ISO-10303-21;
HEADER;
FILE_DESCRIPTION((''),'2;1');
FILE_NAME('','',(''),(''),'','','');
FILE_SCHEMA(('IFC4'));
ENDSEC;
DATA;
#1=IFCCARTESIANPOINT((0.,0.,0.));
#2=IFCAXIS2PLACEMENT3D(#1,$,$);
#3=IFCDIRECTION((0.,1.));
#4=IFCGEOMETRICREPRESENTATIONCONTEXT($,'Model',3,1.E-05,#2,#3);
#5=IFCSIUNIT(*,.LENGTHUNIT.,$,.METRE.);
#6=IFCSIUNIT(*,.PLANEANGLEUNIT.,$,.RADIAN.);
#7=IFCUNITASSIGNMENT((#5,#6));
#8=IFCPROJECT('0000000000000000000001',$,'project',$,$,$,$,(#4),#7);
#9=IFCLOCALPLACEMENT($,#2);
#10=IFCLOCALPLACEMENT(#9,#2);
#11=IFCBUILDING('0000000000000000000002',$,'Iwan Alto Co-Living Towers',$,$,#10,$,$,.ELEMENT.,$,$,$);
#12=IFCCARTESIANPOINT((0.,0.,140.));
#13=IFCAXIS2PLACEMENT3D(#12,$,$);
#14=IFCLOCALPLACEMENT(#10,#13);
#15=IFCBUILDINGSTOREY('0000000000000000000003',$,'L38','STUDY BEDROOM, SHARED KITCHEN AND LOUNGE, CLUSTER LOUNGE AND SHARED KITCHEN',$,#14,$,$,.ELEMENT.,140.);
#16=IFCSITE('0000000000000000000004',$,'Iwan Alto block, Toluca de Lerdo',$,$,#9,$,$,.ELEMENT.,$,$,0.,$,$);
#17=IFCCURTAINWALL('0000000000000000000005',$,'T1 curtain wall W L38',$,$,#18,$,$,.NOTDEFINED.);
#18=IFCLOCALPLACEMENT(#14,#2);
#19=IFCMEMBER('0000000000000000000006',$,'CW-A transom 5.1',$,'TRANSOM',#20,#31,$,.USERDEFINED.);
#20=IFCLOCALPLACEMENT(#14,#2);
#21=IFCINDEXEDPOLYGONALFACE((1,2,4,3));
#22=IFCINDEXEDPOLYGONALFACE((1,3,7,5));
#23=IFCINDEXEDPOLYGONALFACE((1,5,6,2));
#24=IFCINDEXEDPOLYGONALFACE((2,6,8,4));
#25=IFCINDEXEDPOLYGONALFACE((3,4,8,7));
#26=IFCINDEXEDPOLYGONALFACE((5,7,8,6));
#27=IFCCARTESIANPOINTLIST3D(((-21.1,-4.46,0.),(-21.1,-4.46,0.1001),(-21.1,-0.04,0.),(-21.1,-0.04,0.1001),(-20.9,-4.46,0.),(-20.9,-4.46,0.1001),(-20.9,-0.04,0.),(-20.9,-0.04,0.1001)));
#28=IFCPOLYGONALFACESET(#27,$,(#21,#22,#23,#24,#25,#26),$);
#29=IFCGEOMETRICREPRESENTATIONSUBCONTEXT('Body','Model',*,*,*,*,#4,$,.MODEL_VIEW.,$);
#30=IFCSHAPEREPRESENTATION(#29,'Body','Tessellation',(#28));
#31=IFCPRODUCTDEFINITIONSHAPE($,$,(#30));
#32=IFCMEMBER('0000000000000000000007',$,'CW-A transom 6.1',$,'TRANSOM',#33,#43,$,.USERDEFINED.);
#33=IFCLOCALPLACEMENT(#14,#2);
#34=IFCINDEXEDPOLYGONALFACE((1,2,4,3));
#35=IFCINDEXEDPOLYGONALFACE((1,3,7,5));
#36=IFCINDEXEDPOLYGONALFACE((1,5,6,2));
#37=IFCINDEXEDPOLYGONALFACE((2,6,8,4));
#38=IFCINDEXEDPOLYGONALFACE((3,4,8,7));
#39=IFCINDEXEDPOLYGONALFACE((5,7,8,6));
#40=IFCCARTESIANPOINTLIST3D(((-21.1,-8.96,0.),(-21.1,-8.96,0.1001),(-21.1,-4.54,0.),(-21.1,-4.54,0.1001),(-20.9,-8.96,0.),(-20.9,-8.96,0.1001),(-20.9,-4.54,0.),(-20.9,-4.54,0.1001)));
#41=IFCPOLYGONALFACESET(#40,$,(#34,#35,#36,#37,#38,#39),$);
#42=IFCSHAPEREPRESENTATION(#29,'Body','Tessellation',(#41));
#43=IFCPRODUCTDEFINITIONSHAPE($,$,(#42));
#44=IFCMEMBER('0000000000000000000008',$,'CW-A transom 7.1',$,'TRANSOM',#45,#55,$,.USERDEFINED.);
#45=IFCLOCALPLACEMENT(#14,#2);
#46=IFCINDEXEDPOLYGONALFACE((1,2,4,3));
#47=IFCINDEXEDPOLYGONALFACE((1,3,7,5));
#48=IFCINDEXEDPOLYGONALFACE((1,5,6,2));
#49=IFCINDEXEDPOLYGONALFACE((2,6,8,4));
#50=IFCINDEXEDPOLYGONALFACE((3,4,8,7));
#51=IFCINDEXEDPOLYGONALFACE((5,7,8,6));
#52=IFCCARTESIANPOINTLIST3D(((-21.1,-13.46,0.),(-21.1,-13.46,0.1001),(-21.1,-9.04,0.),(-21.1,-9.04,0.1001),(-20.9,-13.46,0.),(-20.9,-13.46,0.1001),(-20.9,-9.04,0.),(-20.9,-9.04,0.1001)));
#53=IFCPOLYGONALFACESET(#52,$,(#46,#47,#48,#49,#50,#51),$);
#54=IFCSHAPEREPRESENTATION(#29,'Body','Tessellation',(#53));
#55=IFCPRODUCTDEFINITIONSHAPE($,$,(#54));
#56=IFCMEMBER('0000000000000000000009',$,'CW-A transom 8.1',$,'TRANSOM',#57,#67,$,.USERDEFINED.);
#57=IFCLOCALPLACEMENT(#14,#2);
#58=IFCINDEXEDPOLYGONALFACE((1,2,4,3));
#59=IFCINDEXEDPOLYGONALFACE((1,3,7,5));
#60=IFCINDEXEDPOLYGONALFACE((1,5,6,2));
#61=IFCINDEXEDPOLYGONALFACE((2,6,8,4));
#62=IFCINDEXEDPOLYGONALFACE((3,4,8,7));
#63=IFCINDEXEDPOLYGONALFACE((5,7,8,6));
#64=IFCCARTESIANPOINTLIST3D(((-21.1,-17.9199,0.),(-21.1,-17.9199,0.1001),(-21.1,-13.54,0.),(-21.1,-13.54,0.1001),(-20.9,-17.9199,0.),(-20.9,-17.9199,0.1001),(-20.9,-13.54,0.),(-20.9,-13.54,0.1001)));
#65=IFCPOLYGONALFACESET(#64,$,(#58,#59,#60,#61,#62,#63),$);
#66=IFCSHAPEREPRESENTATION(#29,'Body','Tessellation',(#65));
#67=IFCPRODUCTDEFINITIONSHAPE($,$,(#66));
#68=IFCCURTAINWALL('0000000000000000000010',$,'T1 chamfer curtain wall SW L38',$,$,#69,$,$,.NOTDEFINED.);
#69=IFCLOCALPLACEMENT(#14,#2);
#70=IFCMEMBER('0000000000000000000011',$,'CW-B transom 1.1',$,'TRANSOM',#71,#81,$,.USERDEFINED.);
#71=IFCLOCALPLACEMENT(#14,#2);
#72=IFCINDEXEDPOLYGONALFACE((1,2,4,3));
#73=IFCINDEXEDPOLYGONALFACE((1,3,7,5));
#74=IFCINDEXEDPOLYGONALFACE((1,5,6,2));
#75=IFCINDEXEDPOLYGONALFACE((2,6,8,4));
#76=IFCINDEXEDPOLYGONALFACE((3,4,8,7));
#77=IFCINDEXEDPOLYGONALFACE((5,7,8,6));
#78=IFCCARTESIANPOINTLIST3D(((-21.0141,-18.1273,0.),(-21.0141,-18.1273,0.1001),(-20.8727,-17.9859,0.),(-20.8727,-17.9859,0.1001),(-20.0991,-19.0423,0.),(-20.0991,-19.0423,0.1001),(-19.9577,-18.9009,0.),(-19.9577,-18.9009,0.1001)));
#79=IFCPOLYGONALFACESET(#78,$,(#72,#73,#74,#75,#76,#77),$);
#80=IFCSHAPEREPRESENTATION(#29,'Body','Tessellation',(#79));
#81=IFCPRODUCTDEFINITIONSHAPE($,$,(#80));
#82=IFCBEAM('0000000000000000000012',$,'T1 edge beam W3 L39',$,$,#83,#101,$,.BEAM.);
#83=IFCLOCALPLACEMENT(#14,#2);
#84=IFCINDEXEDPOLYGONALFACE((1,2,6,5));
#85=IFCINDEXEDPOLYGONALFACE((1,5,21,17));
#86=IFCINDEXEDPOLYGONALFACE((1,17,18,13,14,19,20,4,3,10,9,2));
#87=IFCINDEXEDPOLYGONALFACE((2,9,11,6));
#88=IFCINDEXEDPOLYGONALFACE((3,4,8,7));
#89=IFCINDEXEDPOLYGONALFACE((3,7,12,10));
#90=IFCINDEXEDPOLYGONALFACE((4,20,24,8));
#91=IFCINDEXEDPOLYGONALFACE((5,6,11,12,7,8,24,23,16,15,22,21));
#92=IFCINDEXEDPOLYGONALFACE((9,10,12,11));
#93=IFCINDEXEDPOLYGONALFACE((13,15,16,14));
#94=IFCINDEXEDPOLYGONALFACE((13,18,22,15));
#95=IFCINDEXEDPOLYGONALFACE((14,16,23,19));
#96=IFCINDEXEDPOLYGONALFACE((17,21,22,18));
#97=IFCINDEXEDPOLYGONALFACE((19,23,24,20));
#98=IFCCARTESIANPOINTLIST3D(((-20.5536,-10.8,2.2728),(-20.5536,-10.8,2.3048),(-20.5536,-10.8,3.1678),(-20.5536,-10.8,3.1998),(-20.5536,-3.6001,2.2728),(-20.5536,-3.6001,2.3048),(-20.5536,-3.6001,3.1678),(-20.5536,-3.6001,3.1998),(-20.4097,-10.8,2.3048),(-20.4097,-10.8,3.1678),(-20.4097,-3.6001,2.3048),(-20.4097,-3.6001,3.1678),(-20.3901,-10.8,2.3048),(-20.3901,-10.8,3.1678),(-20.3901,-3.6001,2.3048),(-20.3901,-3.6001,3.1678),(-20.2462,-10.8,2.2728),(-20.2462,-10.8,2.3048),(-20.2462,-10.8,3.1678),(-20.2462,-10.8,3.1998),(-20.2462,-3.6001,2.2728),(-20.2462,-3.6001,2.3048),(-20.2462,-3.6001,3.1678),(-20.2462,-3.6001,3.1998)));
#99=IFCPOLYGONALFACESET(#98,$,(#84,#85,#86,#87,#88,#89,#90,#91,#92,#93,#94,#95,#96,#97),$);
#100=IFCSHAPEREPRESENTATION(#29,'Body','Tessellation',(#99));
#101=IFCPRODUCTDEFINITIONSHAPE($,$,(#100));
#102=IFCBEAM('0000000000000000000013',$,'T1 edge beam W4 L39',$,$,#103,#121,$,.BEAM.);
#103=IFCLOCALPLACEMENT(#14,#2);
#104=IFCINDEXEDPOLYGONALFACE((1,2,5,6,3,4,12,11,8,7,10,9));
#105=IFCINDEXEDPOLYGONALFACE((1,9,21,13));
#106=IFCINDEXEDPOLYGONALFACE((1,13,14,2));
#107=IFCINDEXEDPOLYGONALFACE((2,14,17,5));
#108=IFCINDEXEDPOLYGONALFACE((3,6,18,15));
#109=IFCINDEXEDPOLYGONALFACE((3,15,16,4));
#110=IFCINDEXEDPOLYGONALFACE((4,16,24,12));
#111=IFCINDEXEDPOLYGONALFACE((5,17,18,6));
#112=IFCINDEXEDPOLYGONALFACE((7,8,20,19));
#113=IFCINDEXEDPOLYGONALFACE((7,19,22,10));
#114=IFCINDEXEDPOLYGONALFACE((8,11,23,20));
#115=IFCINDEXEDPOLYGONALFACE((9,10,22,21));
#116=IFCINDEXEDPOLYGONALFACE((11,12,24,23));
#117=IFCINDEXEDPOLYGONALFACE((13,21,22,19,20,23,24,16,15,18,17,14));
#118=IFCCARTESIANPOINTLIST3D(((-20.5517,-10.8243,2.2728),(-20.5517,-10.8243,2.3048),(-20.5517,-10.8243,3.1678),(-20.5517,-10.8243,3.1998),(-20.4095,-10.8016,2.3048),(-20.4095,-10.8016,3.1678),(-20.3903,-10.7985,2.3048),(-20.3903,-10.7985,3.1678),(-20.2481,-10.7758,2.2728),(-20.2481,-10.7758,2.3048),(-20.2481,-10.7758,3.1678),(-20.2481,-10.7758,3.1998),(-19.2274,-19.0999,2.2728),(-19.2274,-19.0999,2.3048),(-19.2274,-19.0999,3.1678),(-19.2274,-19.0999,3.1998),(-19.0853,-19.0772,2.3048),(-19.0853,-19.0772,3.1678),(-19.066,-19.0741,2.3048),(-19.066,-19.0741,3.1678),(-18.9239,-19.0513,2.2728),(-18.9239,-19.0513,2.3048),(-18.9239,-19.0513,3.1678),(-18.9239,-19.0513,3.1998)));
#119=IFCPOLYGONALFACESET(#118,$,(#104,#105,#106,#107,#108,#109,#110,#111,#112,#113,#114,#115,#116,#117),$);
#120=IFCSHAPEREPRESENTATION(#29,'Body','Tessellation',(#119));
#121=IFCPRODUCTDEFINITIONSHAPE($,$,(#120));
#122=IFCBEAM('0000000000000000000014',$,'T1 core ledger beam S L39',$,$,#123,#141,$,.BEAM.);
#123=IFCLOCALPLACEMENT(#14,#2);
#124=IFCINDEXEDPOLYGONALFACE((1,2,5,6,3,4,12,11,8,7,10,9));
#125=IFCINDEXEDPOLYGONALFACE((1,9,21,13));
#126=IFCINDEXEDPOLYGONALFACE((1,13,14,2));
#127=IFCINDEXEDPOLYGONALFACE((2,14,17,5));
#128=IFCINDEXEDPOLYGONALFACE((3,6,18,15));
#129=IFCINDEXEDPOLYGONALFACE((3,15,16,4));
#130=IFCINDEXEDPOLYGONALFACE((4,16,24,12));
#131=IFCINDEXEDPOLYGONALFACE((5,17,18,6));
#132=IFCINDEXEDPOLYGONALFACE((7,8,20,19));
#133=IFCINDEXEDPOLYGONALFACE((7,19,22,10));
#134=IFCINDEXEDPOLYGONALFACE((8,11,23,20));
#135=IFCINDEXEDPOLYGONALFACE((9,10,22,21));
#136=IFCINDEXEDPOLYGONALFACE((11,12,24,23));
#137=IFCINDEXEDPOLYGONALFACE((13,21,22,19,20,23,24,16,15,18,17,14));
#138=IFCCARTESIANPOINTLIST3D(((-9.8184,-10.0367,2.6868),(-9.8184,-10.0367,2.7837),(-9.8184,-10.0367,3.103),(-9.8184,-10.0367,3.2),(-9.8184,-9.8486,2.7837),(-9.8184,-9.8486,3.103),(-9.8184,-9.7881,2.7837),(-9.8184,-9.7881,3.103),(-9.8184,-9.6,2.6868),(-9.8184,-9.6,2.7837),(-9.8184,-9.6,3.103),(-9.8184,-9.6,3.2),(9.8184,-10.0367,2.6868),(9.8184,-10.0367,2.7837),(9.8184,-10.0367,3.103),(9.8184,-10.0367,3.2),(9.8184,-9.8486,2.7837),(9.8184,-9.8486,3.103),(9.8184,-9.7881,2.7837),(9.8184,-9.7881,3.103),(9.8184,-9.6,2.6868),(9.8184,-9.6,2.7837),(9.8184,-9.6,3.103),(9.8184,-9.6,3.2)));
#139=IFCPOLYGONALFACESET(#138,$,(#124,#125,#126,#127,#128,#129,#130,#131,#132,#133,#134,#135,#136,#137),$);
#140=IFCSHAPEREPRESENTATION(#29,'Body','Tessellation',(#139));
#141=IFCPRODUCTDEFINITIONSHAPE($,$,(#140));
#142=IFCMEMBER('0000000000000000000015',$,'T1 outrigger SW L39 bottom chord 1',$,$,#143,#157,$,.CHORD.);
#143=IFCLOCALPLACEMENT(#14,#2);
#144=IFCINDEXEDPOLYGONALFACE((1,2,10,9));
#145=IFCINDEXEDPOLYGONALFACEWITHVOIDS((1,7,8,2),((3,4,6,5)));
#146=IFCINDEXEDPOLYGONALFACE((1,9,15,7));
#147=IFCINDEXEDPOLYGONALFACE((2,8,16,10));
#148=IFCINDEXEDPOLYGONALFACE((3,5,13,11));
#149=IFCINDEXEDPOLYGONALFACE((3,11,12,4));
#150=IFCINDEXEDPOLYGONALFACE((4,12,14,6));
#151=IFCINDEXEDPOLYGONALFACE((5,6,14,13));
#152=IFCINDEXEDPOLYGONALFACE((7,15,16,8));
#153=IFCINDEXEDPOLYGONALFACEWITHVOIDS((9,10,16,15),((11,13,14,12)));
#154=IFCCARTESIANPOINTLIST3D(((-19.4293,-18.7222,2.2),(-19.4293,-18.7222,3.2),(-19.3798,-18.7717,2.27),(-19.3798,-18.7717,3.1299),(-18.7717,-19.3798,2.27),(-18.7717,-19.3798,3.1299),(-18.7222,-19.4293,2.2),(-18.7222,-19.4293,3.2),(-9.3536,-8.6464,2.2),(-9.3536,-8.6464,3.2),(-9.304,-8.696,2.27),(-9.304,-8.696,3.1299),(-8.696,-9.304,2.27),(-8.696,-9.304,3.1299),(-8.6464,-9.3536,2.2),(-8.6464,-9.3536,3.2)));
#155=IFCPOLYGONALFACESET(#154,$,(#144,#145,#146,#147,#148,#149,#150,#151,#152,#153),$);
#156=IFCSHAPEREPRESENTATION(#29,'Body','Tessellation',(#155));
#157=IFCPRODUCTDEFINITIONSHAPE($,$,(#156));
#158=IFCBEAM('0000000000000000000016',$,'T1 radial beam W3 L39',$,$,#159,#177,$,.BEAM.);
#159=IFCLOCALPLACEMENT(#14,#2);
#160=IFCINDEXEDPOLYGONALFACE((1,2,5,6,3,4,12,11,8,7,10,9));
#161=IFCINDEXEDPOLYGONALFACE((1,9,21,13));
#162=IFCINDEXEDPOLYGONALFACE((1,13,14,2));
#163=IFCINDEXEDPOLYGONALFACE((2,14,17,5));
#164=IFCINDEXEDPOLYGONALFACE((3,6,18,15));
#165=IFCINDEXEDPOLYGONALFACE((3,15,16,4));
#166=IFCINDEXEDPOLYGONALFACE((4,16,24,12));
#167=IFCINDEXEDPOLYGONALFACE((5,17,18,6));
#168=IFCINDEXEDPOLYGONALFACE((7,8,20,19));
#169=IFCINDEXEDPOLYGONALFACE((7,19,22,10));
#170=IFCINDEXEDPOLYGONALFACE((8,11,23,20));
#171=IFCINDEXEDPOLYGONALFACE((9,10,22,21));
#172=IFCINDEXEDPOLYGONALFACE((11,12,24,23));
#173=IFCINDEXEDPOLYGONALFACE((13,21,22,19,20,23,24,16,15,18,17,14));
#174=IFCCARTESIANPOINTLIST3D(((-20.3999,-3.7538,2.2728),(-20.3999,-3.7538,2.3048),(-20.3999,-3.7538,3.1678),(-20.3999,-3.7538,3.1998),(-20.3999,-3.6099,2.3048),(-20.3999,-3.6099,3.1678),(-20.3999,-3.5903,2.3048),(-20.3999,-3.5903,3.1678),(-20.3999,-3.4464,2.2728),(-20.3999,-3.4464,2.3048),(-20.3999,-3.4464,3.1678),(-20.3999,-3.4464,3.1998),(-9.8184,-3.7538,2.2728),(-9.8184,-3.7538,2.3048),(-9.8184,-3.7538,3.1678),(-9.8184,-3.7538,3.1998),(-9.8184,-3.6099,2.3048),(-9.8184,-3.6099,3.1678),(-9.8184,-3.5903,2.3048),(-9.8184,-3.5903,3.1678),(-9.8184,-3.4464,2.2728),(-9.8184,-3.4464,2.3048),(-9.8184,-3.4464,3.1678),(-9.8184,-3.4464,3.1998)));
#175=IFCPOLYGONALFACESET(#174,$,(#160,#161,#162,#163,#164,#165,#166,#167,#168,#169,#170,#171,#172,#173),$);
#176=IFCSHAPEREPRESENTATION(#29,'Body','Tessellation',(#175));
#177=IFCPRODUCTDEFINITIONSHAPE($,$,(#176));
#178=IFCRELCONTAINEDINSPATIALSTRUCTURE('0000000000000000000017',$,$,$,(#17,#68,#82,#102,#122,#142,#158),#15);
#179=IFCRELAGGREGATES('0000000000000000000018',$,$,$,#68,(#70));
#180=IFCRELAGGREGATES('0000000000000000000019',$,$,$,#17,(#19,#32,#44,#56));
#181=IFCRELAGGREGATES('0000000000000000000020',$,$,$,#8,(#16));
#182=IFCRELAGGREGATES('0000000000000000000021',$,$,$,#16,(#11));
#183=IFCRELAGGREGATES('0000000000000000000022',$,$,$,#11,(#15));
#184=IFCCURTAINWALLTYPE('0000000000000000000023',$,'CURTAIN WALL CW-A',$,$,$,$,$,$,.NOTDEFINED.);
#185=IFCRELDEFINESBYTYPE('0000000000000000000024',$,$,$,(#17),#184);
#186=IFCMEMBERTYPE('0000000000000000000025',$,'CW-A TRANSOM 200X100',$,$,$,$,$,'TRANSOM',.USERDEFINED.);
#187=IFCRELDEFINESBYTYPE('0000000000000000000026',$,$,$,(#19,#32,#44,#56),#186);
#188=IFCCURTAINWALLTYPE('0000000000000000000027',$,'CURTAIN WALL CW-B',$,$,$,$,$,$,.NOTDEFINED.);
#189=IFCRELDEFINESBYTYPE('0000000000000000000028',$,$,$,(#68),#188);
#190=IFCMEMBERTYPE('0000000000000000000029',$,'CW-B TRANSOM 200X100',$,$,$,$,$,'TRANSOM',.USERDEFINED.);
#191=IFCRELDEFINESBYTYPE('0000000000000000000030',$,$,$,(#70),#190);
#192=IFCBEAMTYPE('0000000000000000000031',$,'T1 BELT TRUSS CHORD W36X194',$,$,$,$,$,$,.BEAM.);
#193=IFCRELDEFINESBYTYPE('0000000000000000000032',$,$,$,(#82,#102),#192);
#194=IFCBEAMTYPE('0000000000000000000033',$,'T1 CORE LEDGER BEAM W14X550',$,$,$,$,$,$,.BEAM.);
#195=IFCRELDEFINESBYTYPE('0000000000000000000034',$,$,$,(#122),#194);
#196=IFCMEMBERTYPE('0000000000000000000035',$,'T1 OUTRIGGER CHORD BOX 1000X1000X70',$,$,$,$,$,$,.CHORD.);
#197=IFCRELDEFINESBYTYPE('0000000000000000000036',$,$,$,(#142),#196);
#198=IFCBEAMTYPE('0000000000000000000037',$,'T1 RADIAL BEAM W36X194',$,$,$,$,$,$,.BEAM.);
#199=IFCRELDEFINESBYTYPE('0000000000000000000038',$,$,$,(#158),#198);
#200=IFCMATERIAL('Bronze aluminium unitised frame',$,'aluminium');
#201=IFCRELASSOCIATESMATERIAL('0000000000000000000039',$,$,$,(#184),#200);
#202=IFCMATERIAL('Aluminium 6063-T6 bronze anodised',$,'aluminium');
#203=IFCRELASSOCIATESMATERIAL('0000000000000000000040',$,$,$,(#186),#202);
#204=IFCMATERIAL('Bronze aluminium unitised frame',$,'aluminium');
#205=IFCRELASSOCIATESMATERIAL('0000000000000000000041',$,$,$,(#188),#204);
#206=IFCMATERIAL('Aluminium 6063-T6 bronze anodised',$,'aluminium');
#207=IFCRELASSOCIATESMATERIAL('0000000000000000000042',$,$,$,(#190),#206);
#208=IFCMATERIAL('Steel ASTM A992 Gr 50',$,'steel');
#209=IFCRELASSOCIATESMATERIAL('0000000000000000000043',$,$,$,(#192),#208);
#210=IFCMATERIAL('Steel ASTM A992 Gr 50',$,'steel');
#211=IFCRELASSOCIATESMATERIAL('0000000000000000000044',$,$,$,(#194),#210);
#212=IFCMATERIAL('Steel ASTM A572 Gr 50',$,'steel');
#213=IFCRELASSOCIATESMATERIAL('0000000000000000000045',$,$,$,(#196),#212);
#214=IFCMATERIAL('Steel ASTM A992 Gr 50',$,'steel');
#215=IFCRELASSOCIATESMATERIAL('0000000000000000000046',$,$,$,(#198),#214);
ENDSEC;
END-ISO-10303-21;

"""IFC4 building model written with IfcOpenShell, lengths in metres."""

from ifc_helpers import new_model, si_unit, direction, frame, origin, origin_2d, place, context, subcontext, project, spatial, rectangle, hollow_rectangle, i_section, extrude, material, material_profile, profile_set, type_object, element, aggregate, save


model = new_model("IFC4")

# Units and contexts
model_context = context("Model", 3, precision=1e-05, world=origin(), true_north=direction((0.0, 1.0)))
body_context = subcontext(model_context, "Body", "Model", "MODEL_VIEW")
ifc_project = project(units=[si_unit("LENGTHUNIT", "METRE"), si_unit("PLANEANGLEUNIT", "RADIAN")], contexts=[model_context])

# Site, building, storey
site_placement = place(None, origin())
site = spatial("IfcSite", under=ifc_project, at=site_placement, Name="Iwan Alto block, Toluca de Lerdo", CompositionType="ELEMENT", RefElevation=0.0)
building_placement = place(site_placement, origin())
building = spatial("IfcBuilding", under=site, at=building_placement, Name="Iwan Alto Co-Living Towers", CompositionType="ELEMENT")
storey_placement = place(building_placement, frame((0.0, 0.0, 140.0)))
storey = spatial("IfcBuildingStorey", under=building, at=storey_placement, Name="L38", Description="STUDY BEDROOM, SHARED KITCHEN AND LOUNGE, CLUSTER LOUNGE AND SHARED KITCHEN", CompositionType="ELEMENT", Elevation=140.0)

# Curtain wall, members
ifc_material_1 = material(Name="Bronze aluminium unitised frame", Category="aluminium")
curtain_wall_type_1 = type_object("IfcCurtainWallType", Name="CURTAIN WALL CW-A", PredefinedType="NOTDEFINED", material=ifc_material_1)
curtain_wall_1_placement = place(storey_placement, origin())
curtain_wall_1 = element("IfcCurtainWall", 1, at=curtain_wall_1_placement, inside=storey, type_object=curtain_wall_type_1, Name="T1 curtain wall W L38", PredefinedType="NOTDEFINED")
ifc_material_2 = material(Name="Aluminium 6063-T6 bronze anodised", Category="aluminium")
ifc_material_profile_1 = material_profile(ifc_material_2, rectangle(XDim=0.2, YDim=0.1001, at=origin_2d()), Name="AL 200X100")
ifc_profile_set_1 = profile_set([ifc_material_profile_1], Name="Aluminium 6063-T6 bronze anodised")
member_type_1 = type_object("IfcMemberType", Name="CW-A TRANSOM 200X100", ElementType="TRANSOM", PredefinedType="USERDEFINED", material=ifc_profile_set_1)
member_1_placement = place(storey_placement, frame((-21.0, -0.04, 0.05), z_axis=(0.0, -1.0, 0.0), x_axis=(1.0, 0.0, 0.0)))
member_1 = element("IfcMember", 2, at=member_1_placement, type_object=member_type_1, Name="CW-A transom 5.1", ObjectType="TRANSOM", PredefinedType="USERDEFINED", context=body_context, shape_type="SweptSolid", body=[
    extrude(rectangle(XDim=0.2, YDim=0.1001, at=origin_2d()), origin(), (0.0, 0.0, 1.0), 4.4199),
])
member_2_placement = place(storey_placement, frame((-21.0, -4.54, 0.05), z_axis=(0.0, -1.0, 0.0), x_axis=(1.0, 0.0, 0.0)))
member_2 = element("IfcMember", 3, at=member_2_placement, type_object=member_type_1, Name="CW-A transom 6.1", ObjectType="TRANSOM", PredefinedType="USERDEFINED", context=body_context, shape_type="SweptSolid", body=[
    extrude(rectangle(XDim=0.2, YDim=0.1001, at=origin_2d()), origin(), (0.0, 0.0, 1.0), 4.4199),
])
member_3_placement = place(storey_placement, frame((-21.0, -9.04, 0.05), z_axis=(0.0, -1.0, 0.0), x_axis=(1.0, 0.0, 0.0)))
member_3 = element("IfcMember", 4, at=member_3_placement, type_object=member_type_1, Name="CW-A transom 7.1", ObjectType="TRANSOM", PredefinedType="USERDEFINED", context=body_context, shape_type="SweptSolid", body=[
    extrude(rectangle(XDim=0.2, YDim=0.1001, at=origin_2d()), origin(), (0.0, 0.0, 1.0), 4.4199),
])
member_4_placement = place(storey_placement, frame((-21.0, -13.54, 0.05), z_axis=(0.0, -1.0, 0.0), x_axis=(1.0, 0.0, 0.0)))
member_4 = element("IfcMember", 5, at=member_4_placement, type_object=member_type_1, Name="CW-A transom 8.1", ObjectType="TRANSOM", PredefinedType="USERDEFINED", context=body_context, shape_type="SweptSolid", body=[
    extrude(rectangle(XDim=0.2, YDim=0.1001, at=origin_2d()), origin(), (0.0, 0.0, 1.0), 4.3799),
])

# Curtain wall, member
ifc_material_3 = material(Name="Bronze aluminium unitised frame", Category="aluminium")
curtain_wall_type_2 = type_object("IfcCurtainWallType", Name="CURTAIN WALL CW-B", PredefinedType="NOTDEFINED", material=ifc_material_3)
curtain_wall_2_placement = place(storey_placement, origin())
curtain_wall_2 = element("IfcCurtainWall", 6, at=curtain_wall_2_placement, inside=storey, type_object=curtain_wall_type_2, Name="T1 chamfer curtain wall SW L38", PredefinedType="NOTDEFINED")
ifc_material_4 = material(Name="Aluminium 6063-T6 bronze anodised", Category="aluminium")
ifc_material_profile_2 = material_profile(ifc_material_4, rectangle(XDim=0.2, YDim=0.1001, at=origin_2d()), Name="AL 200X100")
ifc_profile_set_2 = profile_set([ifc_material_profile_2], Name="Aluminium 6063-T6 bronze anodised")
member_type_2 = type_object("IfcMemberType", Name="CW-B TRANSOM 200X100", ElementType="TRANSOM", PredefinedType="USERDEFINED", material=ifc_profile_set_2)
member_5_placement = place(storey_placement, frame((-20.9434, -18.0566, 0.05), z_axis=(0.707107, -0.707107, 0.0), x_axis=(0.707107, 0.707107, 0.0)))
member_5 = element("IfcMember", 7, at=member_5_placement, type_object=member_type_2, Name="CW-B transom 1.1", ObjectType="TRANSOM", PredefinedType="USERDEFINED", context=body_context, shape_type="SweptSolid", body=[
    extrude(rectangle(XDim=0.2, YDim=0.1001, at=origin_2d()), origin(), (0.0, 0.0, 1.0), 1.2939),
])
aggregate(curtain_wall_2, [member_5])

# Beams
ifc_material_5 = material(Name="Steel ASTM A992 Gr 50", Category="steel")
ifc_material_profile_3 = material_profile(ifc_material_5, i_section(OverallWidth=0.3074, OverallDepth=0.927, WebThickness=0.0195, FlangeThickness=0.032, at=origin_2d()), Name="W36X194")
ifc_profile_set_3 = profile_set([ifc_material_profile_3], Name="Steel ASTM A992 Gr 50")
beam_type_1 = type_object("IfcBeamType", Name="T1 BELT TRUSS CHORD W36X194", PredefinedType="BEAM", material=ifc_profile_set_3)
beam_1_placement = place(storey_placement, frame((-20.3999, -3.6001, 2.7363), z_axis=(0.0, -1.0, 0.0), x_axis=(1.0, 0.0, 0.0)))
element("IfcBeam", 8, at=beam_1_placement, inside=storey, type_object=beam_type_1, Name="T1 edge beam W3 L39", PredefinedType="BEAM", context=body_context, shape_type="SweptSolid", body=[
    extrude(i_section(OverallWidth=0.3074, OverallDepth=0.927, WebThickness=0.0195, FlangeThickness=0.032, at=origin_2d()), origin(), (0.0, 0.0, 1.0), 7.2),
])
beam_2_placement = place(storey_placement, frame((-20.3999, -10.8, 2.7363), z_axis=(0.158004, -0.987438, 0.0), x_axis=(0.987438, 0.158004, 0.0)))
element("IfcBeam", 9, at=beam_2_placement, inside=storey, type_object=beam_type_1, Name="T1 edge beam W4 L39", PredefinedType="BEAM", context=body_context, shape_type="SweptSolid", body=[
    extrude(i_section(OverallWidth=0.3074, OverallDepth=0.927, WebThickness=0.0195, FlangeThickness=0.032, at=origin_2d()), origin(), (0.0, 0.0, 1.0), 8.3809),
])
ifc_material_6 = material(Name="Steel ASTM A992 Gr 50", Category="steel")
ifc_material_profile_4 = material_profile(ifc_material_6, i_section(OverallWidth=0.4368, OverallDepth=0.5132, WebThickness=0.0605, FlangeThickness=0.0969, at=origin_2d()), Name="W14X550")
ifc_profile_set_4 = profile_set([ifc_material_profile_4], Name="Steel ASTM A992 Gr 50")
beam_type_2 = type_object("IfcBeamType", Name="T1 CORE LEDGER BEAM W14X550", PredefinedType="BEAM", material=ifc_profile_set_4)
beam_3_placement = place(storey_placement, frame((-9.8184, -9.8184, 2.9434), z_axis=(1.0, 0.0, 0.0), x_axis=(0.0, 1.0, 0.0)))
element("IfcBeam", 10, at=beam_3_placement, inside=storey, type_object=beam_type_2, Name="T1 core ledger beam S L39", PredefinedType="BEAM", context=body_context, shape_type="SweptSolid", body=[
    extrude(i_section(OverallWidth=0.4368, OverallDepth=0.5132, WebThickness=0.0605, FlangeThickness=0.0969, at=origin_2d()), origin(), (0.0, 0.0, 1.0), 19.6367),
])

# Member
ifc_material_7 = material(Name="Steel ASTM A572 Gr 50", Category="steel")
ifc_material_profile_5 = material_profile(ifc_material_7, hollow_rectangle(XDim=1.0, YDim=1.0, WallThickness=0.0701, at=origin_2d()), Name="BOX 1000X1000X70")
ifc_profile_set_5 = profile_set([ifc_material_profile_5], Name="Steel ASTM A572 Gr 50")
member_type_3 = type_object("IfcMemberType", Name="T1 OUTRIGGER CHORD BOX 1000X1000X70", PredefinedType="CHORD", material=ifc_profile_set_5)
member_6_placement = place(storey_placement, frame((-9.0, -9.0, 2.7), z_axis=(-0.707107, -0.707107, 0.0), x_axis=(0.707107, -0.707107, 0.0)))
element("IfcMember", 11, at=member_6_placement, inside=storey, type_object=member_type_3, Name="T1 outrigger SW L39 bottom chord 1", PredefinedType="CHORD", context=body_context, shape_type="SweptSolid", body=[
    extrude(hollow_rectangle(XDim=1.0, YDim=1.0, WallThickness=0.0701, at=origin_2d()), origin(), (0.0, 0.0, 1.0), 14.2493),
])

# Beam
ifc_material_8 = material(Name="Steel ASTM A992 Gr 50", Category="steel")
ifc_material_profile_6 = material_profile(ifc_material_8, i_section(OverallWidth=0.3074, OverallDepth=0.927, WebThickness=0.0195, FlangeThickness=0.032, at=origin_2d()), Name="W36X194")
ifc_profile_set_6 = profile_set([ifc_material_profile_6], Name="Steel ASTM A992 Gr 50")
beam_type_3 = type_object("IfcBeamType", Name="T1 RADIAL BEAM W36X194", PredefinedType="BEAM", material=ifc_profile_set_6)
beam_4_placement = place(storey_placement, frame((-20.3999, -3.6001, 2.7363), z_axis=(1.0, 0.0, 0.0), x_axis=(0.0, 1.0, 0.0)))
element("IfcBeam", 12, at=beam_4_placement, inside=storey, type_object=beam_type_3, Name="T1 radial beam W3 L39", PredefinedType="BEAM", context=body_context, shape_type="SweptSolid", body=[
    extrude(i_section(OverallWidth=0.3074, OverallDepth=0.927, WebThickness=0.0195, FlangeThickness=0.032, at=origin_2d()), origin(), (0.0, 0.0, 1.0), 10.5815),
])

aggregate(curtain_wall_1, [member_1, member_2, member_3, member_4])

save(model, "model.ifc")
